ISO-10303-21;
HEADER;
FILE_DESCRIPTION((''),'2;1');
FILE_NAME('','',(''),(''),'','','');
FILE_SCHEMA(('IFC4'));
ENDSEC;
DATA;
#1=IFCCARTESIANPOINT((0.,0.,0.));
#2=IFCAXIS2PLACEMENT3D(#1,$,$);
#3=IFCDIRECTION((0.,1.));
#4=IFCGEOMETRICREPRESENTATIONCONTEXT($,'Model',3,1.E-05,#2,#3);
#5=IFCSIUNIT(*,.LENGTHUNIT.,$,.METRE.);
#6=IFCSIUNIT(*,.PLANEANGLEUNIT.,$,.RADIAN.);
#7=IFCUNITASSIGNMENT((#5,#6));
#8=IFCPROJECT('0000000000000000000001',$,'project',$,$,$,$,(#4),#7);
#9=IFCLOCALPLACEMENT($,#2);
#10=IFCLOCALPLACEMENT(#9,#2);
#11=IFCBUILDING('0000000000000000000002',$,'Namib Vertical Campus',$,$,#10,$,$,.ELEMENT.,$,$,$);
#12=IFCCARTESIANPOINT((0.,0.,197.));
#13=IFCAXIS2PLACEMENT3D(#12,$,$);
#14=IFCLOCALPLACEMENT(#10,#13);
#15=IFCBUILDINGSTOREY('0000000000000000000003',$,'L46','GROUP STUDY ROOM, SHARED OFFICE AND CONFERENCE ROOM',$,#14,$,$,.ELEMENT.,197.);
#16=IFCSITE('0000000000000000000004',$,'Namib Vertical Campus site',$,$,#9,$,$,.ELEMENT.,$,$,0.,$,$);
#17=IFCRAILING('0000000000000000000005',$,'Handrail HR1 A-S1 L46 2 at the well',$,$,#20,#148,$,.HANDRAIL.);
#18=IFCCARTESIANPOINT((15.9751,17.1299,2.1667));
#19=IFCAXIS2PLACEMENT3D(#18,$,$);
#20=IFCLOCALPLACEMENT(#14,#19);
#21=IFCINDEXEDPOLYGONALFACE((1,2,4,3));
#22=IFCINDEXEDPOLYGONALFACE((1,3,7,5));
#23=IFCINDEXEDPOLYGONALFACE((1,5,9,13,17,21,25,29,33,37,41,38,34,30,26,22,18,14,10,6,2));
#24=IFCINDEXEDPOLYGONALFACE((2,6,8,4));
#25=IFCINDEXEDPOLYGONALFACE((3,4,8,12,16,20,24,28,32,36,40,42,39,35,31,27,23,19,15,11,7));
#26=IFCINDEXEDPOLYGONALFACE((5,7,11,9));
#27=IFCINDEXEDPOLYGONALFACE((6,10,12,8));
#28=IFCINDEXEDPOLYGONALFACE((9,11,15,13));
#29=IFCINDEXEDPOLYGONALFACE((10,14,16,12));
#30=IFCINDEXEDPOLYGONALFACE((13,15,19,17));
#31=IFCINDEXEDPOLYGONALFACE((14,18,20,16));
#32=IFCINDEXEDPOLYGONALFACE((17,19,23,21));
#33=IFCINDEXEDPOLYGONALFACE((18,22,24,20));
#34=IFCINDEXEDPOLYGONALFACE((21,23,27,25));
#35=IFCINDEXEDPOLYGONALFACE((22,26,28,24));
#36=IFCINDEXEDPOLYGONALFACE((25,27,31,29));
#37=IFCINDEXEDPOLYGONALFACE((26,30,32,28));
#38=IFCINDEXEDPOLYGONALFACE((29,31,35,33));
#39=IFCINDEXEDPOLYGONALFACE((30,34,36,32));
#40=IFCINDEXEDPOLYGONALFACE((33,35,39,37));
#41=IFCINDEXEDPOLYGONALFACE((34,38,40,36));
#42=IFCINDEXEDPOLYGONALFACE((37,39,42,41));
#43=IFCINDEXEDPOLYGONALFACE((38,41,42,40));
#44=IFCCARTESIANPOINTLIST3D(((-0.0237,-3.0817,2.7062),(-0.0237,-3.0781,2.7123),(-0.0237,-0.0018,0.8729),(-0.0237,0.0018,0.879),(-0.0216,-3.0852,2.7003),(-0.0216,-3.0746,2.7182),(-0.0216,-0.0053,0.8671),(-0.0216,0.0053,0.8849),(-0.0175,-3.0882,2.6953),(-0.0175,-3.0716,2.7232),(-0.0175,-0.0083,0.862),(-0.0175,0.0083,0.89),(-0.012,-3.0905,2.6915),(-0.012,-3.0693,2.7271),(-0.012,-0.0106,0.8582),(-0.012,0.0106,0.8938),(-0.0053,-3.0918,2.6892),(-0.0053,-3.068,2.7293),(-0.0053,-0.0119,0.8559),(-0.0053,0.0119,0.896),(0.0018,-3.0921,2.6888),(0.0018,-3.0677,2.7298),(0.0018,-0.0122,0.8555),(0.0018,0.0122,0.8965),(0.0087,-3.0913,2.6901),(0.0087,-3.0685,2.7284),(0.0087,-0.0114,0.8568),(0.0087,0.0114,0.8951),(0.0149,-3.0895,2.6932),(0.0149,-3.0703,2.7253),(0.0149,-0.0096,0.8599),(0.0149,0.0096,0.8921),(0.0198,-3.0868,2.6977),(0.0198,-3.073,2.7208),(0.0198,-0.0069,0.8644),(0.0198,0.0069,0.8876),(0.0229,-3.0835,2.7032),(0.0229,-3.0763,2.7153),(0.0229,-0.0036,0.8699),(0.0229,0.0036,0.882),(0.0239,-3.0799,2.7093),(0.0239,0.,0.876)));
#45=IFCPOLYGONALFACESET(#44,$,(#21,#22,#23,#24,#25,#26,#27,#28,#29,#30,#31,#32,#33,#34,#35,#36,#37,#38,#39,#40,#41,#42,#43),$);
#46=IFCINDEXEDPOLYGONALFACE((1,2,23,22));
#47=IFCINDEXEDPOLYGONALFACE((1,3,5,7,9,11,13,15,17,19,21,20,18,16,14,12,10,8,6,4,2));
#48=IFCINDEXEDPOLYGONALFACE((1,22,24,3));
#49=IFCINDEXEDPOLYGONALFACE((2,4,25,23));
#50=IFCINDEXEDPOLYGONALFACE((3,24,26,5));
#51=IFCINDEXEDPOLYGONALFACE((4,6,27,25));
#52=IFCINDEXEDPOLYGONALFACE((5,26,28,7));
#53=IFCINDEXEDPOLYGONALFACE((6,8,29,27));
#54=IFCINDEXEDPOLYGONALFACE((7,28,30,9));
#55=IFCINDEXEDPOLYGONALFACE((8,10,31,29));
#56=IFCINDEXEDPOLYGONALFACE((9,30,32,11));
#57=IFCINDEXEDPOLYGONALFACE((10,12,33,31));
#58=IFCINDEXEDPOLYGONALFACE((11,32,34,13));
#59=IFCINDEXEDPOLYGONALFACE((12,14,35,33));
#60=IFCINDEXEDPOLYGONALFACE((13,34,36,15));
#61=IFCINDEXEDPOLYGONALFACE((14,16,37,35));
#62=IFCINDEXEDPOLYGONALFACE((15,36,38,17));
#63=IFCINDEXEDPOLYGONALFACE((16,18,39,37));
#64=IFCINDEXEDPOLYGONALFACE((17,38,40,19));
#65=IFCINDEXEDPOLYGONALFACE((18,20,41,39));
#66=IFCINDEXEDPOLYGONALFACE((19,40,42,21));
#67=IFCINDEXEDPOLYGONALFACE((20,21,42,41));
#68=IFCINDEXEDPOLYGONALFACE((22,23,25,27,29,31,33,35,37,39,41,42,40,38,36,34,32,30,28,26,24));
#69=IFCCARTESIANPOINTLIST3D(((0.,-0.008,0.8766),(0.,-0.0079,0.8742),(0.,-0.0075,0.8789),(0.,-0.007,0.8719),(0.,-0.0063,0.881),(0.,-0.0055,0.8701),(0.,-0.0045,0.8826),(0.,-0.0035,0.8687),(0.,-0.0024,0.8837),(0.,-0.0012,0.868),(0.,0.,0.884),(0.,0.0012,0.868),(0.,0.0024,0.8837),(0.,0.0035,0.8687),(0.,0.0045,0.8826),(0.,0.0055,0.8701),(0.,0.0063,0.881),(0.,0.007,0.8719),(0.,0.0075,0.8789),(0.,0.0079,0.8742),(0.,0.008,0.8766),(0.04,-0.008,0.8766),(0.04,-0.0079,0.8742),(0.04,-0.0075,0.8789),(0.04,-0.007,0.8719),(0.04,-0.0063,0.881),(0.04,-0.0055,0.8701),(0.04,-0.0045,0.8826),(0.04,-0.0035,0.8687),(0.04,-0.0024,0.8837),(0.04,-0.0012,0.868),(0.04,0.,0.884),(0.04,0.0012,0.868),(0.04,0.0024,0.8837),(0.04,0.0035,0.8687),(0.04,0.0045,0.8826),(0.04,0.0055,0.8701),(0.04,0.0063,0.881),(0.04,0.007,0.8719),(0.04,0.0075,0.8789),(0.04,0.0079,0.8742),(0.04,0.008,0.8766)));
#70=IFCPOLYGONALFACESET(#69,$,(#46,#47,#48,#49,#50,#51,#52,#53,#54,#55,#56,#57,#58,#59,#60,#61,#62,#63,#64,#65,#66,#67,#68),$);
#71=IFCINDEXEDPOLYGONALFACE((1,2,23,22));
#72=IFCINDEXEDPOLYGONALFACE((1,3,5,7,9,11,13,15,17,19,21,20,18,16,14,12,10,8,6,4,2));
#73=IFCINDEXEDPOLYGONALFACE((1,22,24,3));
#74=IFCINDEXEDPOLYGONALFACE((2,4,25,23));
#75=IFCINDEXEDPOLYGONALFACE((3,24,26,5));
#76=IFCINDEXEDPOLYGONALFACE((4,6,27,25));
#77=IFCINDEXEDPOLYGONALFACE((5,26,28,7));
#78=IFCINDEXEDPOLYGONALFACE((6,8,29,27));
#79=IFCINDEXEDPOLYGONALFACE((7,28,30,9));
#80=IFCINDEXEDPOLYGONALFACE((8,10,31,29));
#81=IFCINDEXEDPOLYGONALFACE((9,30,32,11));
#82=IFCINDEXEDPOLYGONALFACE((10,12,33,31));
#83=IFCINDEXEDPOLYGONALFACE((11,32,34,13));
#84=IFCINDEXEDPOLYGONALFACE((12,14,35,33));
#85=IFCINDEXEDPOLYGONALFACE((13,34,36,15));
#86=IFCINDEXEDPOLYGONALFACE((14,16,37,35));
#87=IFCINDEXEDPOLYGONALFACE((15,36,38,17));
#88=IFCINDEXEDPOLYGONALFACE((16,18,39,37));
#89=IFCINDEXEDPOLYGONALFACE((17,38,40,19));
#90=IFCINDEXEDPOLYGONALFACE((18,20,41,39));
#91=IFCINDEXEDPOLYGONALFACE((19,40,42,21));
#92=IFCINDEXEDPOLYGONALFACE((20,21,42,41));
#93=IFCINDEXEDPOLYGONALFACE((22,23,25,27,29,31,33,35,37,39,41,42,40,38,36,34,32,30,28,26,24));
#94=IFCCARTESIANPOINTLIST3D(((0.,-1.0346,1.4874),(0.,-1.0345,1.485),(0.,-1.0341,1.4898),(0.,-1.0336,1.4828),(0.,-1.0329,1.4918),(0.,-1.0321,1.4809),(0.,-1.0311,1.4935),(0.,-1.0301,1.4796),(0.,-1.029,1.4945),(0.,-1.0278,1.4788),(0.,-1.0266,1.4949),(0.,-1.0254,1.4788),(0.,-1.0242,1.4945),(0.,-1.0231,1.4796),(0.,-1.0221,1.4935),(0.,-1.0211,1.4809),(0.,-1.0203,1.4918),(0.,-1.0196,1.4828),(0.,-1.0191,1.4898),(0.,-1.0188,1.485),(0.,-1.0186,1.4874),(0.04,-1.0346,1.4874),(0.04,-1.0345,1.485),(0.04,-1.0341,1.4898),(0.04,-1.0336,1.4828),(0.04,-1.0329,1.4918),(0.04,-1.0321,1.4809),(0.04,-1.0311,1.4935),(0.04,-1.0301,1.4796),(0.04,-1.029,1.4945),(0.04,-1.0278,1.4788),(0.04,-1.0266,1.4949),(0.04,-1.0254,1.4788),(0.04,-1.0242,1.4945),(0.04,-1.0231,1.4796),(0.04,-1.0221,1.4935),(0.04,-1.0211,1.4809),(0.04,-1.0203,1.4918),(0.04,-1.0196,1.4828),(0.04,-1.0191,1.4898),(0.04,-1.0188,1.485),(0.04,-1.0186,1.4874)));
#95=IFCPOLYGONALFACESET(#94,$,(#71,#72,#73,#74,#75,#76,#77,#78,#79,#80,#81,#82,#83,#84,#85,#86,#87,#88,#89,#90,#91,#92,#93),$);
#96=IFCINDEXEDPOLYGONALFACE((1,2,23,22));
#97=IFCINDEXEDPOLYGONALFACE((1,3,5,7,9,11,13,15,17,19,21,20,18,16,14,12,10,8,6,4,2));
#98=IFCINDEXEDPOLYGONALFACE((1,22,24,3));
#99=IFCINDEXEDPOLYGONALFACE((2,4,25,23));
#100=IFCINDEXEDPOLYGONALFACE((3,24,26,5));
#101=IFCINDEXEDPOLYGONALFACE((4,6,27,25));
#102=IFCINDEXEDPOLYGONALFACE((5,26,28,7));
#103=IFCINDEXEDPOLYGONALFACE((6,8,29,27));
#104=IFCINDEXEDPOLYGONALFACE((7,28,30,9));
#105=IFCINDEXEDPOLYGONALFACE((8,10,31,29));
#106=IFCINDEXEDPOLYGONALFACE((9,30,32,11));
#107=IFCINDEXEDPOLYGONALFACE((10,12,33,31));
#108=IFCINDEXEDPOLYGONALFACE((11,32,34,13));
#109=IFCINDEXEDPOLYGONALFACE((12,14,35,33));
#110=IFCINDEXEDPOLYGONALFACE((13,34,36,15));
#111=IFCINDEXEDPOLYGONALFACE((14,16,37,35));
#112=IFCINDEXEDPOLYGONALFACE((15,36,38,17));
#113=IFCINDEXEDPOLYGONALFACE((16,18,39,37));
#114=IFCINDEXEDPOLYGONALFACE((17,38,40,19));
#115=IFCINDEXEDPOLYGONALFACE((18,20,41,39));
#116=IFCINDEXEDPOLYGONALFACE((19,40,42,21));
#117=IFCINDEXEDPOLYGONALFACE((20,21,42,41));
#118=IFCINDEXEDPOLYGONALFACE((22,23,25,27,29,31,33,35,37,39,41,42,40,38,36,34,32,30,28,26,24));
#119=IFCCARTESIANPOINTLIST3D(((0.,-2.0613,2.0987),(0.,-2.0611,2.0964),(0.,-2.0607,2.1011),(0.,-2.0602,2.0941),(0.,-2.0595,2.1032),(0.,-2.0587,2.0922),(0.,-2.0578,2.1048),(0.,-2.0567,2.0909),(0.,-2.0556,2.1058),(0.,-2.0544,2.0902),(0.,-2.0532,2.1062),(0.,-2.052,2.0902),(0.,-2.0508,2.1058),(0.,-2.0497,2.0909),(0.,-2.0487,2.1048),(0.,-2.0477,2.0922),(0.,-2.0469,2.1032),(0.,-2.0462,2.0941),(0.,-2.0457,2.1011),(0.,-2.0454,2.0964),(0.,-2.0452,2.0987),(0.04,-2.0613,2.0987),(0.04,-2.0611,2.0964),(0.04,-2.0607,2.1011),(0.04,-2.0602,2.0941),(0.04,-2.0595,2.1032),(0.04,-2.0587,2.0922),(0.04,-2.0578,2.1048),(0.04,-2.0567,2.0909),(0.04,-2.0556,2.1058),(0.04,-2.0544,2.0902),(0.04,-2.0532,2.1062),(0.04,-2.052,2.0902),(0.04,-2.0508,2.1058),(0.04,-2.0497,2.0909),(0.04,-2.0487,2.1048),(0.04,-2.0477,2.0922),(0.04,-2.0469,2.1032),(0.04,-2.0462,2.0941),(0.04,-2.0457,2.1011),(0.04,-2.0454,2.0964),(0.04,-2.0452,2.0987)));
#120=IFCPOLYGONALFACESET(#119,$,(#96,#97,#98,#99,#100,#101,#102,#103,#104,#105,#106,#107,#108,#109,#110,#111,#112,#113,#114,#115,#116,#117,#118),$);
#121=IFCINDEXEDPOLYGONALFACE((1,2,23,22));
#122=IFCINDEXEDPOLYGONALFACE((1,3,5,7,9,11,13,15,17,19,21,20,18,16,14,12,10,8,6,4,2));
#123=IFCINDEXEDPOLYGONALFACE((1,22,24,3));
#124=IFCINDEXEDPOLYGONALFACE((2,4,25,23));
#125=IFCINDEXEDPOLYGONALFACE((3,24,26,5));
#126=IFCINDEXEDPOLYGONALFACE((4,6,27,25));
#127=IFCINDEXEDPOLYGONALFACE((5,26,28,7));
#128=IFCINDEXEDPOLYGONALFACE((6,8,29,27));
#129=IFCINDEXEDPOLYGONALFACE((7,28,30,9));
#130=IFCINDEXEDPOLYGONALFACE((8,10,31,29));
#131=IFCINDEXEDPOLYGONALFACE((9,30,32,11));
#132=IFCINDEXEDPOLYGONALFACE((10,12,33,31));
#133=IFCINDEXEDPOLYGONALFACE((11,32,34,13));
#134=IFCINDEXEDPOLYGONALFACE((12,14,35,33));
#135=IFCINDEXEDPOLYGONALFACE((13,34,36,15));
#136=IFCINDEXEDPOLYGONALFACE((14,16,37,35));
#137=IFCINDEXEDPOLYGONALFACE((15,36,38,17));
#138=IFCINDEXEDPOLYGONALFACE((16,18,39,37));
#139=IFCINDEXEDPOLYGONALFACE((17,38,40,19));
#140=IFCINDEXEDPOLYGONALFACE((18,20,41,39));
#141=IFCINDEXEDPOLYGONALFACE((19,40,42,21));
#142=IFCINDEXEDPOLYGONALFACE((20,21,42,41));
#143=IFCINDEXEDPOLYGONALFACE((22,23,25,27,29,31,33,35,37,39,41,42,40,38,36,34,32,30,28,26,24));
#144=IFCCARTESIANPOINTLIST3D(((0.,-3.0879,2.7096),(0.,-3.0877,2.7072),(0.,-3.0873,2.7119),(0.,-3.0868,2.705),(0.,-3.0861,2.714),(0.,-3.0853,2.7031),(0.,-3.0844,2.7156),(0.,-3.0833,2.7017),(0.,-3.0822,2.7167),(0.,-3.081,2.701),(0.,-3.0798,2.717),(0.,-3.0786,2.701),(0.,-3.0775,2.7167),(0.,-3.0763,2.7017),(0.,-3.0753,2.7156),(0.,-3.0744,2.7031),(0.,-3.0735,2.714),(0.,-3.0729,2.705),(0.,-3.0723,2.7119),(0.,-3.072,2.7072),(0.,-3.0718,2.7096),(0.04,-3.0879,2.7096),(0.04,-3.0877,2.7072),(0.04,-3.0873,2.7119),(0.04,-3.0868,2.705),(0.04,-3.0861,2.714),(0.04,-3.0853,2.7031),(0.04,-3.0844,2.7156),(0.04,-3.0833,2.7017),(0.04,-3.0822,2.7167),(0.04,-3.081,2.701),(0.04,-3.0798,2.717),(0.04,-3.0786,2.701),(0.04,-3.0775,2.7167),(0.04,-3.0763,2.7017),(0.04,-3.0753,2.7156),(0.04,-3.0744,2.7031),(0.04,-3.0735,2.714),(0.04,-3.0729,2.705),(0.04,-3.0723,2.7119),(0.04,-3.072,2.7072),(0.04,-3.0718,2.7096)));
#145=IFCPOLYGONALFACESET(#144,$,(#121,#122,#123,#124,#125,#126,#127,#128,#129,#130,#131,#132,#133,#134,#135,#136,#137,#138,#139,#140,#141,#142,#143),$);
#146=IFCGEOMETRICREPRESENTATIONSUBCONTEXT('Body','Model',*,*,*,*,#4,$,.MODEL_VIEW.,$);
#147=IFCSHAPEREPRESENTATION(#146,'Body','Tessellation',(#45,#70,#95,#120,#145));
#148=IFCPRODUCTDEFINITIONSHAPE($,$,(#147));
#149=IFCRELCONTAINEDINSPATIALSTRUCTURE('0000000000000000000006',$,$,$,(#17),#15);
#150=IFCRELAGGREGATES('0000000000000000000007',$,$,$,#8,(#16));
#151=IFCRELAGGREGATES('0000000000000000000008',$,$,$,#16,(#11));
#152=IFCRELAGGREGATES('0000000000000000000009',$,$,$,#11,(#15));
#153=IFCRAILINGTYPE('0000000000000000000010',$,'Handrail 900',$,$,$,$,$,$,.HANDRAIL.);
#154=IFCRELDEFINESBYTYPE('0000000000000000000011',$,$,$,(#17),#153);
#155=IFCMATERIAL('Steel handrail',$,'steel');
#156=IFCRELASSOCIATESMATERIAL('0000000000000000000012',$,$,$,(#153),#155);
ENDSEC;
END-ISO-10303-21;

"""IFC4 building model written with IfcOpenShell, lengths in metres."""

from ifc_helpers import new_model, si_unit, direction, frame, origin, origin_2d, place, context, subcontext, project, spatial, circle, extrude, material, type_object, element, save


model = new_model("IFC4")

# Units and contexts
model_context = context("Model", 3, precision=1e-05, world=origin(), true_north=direction((0.0, 1.0)))
body_context = subcontext(model_context, "Body", "Model", "MODEL_VIEW")
ifc_project = project(units=[si_unit("LENGTHUNIT", "METRE"), si_unit("PLANEANGLEUNIT", "RADIAN")], contexts=[model_context])

# Site, building, storey
site_placement = place(None, origin())
site = spatial("IfcSite", under=ifc_project, at=site_placement, Name="Namib Vertical Campus site", CompositionType="ELEMENT", RefElevation=0.0)
building_placement = place(site_placement, origin())
building = spatial("IfcBuilding", under=site, at=building_placement, Name="Namib Vertical Campus", CompositionType="ELEMENT")
storey_placement = place(building_placement, frame((0.0, 0.0, 197.0)))
storey = spatial("IfcBuildingStorey", under=building, at=storey_placement, Name="L46", Description="GROUP STUDY ROOM, SHARED OFFICE AND CONFERENCE ROOM", CompositionType="ELEMENT", Elevation=197.0)

# Railing
ifc_material_1 = material(Name="Steel handrail", Category="steel")
railing_type = type_object("IfcRailingType", Name="Handrail 900", PredefinedType="HANDRAIL", material=ifc_material_1)
railing_1_placement = place(storey_placement, frame((15.9751, 17.1299, 2.1667)))
element("IfcRailing", 1, at=railing_1_placement, inside=storey, type_object=railing_type, Name="Handrail HR1 A-S1 L46 2 at the well", PredefinedType="HANDRAIL", context=body_context, shape_type="SweptSolid", body=[
    extrude(circle(Radius=0.0239, at=origin_2d()), frame((0.0, 0.0, 0.876), z_axis=(0.0, -0.859291, 0.511487), x_axis=(1.0, 0.0, 0.0)), (0.0, 0.0, 1.0), 3.5842),
    extrude(circle(Radius=0.0081, at=origin_2d()), frame((0.0, 0.0, 0.876), z_axis=(1.0, 0.0, 0.0), x_axis=(0.0, 0.0, 1.0)), (0.0, 0.0, 1.0), 0.04),
    extrude(circle(Radius=0.0081, at=origin_2d()), frame((0.0, -1.0266, 1.4868), z_axis=(1.0, 0.0, 0.0), x_axis=(0.0, 0.0, 1.0)), (0.0, 0.0, 1.0), 0.04),
    extrude(circle(Radius=0.0081, at=origin_2d()), frame((0.0, -2.0532, 2.0981), z_axis=(1.0, 0.0, 0.0), x_axis=(0.0, 0.0, 1.0)), (0.0, 0.0, 1.0), 0.04),
    extrude(circle(Radius=0.0081, at=origin_2d()), frame((0.0, -3.0798, 2.709), z_axis=(1.0, 0.0, 0.0), x_axis=(0.0, 0.0, 1.0)), (0.0, 0.0, 1.0), 0.04),
])

save(model, "model.ifc")
